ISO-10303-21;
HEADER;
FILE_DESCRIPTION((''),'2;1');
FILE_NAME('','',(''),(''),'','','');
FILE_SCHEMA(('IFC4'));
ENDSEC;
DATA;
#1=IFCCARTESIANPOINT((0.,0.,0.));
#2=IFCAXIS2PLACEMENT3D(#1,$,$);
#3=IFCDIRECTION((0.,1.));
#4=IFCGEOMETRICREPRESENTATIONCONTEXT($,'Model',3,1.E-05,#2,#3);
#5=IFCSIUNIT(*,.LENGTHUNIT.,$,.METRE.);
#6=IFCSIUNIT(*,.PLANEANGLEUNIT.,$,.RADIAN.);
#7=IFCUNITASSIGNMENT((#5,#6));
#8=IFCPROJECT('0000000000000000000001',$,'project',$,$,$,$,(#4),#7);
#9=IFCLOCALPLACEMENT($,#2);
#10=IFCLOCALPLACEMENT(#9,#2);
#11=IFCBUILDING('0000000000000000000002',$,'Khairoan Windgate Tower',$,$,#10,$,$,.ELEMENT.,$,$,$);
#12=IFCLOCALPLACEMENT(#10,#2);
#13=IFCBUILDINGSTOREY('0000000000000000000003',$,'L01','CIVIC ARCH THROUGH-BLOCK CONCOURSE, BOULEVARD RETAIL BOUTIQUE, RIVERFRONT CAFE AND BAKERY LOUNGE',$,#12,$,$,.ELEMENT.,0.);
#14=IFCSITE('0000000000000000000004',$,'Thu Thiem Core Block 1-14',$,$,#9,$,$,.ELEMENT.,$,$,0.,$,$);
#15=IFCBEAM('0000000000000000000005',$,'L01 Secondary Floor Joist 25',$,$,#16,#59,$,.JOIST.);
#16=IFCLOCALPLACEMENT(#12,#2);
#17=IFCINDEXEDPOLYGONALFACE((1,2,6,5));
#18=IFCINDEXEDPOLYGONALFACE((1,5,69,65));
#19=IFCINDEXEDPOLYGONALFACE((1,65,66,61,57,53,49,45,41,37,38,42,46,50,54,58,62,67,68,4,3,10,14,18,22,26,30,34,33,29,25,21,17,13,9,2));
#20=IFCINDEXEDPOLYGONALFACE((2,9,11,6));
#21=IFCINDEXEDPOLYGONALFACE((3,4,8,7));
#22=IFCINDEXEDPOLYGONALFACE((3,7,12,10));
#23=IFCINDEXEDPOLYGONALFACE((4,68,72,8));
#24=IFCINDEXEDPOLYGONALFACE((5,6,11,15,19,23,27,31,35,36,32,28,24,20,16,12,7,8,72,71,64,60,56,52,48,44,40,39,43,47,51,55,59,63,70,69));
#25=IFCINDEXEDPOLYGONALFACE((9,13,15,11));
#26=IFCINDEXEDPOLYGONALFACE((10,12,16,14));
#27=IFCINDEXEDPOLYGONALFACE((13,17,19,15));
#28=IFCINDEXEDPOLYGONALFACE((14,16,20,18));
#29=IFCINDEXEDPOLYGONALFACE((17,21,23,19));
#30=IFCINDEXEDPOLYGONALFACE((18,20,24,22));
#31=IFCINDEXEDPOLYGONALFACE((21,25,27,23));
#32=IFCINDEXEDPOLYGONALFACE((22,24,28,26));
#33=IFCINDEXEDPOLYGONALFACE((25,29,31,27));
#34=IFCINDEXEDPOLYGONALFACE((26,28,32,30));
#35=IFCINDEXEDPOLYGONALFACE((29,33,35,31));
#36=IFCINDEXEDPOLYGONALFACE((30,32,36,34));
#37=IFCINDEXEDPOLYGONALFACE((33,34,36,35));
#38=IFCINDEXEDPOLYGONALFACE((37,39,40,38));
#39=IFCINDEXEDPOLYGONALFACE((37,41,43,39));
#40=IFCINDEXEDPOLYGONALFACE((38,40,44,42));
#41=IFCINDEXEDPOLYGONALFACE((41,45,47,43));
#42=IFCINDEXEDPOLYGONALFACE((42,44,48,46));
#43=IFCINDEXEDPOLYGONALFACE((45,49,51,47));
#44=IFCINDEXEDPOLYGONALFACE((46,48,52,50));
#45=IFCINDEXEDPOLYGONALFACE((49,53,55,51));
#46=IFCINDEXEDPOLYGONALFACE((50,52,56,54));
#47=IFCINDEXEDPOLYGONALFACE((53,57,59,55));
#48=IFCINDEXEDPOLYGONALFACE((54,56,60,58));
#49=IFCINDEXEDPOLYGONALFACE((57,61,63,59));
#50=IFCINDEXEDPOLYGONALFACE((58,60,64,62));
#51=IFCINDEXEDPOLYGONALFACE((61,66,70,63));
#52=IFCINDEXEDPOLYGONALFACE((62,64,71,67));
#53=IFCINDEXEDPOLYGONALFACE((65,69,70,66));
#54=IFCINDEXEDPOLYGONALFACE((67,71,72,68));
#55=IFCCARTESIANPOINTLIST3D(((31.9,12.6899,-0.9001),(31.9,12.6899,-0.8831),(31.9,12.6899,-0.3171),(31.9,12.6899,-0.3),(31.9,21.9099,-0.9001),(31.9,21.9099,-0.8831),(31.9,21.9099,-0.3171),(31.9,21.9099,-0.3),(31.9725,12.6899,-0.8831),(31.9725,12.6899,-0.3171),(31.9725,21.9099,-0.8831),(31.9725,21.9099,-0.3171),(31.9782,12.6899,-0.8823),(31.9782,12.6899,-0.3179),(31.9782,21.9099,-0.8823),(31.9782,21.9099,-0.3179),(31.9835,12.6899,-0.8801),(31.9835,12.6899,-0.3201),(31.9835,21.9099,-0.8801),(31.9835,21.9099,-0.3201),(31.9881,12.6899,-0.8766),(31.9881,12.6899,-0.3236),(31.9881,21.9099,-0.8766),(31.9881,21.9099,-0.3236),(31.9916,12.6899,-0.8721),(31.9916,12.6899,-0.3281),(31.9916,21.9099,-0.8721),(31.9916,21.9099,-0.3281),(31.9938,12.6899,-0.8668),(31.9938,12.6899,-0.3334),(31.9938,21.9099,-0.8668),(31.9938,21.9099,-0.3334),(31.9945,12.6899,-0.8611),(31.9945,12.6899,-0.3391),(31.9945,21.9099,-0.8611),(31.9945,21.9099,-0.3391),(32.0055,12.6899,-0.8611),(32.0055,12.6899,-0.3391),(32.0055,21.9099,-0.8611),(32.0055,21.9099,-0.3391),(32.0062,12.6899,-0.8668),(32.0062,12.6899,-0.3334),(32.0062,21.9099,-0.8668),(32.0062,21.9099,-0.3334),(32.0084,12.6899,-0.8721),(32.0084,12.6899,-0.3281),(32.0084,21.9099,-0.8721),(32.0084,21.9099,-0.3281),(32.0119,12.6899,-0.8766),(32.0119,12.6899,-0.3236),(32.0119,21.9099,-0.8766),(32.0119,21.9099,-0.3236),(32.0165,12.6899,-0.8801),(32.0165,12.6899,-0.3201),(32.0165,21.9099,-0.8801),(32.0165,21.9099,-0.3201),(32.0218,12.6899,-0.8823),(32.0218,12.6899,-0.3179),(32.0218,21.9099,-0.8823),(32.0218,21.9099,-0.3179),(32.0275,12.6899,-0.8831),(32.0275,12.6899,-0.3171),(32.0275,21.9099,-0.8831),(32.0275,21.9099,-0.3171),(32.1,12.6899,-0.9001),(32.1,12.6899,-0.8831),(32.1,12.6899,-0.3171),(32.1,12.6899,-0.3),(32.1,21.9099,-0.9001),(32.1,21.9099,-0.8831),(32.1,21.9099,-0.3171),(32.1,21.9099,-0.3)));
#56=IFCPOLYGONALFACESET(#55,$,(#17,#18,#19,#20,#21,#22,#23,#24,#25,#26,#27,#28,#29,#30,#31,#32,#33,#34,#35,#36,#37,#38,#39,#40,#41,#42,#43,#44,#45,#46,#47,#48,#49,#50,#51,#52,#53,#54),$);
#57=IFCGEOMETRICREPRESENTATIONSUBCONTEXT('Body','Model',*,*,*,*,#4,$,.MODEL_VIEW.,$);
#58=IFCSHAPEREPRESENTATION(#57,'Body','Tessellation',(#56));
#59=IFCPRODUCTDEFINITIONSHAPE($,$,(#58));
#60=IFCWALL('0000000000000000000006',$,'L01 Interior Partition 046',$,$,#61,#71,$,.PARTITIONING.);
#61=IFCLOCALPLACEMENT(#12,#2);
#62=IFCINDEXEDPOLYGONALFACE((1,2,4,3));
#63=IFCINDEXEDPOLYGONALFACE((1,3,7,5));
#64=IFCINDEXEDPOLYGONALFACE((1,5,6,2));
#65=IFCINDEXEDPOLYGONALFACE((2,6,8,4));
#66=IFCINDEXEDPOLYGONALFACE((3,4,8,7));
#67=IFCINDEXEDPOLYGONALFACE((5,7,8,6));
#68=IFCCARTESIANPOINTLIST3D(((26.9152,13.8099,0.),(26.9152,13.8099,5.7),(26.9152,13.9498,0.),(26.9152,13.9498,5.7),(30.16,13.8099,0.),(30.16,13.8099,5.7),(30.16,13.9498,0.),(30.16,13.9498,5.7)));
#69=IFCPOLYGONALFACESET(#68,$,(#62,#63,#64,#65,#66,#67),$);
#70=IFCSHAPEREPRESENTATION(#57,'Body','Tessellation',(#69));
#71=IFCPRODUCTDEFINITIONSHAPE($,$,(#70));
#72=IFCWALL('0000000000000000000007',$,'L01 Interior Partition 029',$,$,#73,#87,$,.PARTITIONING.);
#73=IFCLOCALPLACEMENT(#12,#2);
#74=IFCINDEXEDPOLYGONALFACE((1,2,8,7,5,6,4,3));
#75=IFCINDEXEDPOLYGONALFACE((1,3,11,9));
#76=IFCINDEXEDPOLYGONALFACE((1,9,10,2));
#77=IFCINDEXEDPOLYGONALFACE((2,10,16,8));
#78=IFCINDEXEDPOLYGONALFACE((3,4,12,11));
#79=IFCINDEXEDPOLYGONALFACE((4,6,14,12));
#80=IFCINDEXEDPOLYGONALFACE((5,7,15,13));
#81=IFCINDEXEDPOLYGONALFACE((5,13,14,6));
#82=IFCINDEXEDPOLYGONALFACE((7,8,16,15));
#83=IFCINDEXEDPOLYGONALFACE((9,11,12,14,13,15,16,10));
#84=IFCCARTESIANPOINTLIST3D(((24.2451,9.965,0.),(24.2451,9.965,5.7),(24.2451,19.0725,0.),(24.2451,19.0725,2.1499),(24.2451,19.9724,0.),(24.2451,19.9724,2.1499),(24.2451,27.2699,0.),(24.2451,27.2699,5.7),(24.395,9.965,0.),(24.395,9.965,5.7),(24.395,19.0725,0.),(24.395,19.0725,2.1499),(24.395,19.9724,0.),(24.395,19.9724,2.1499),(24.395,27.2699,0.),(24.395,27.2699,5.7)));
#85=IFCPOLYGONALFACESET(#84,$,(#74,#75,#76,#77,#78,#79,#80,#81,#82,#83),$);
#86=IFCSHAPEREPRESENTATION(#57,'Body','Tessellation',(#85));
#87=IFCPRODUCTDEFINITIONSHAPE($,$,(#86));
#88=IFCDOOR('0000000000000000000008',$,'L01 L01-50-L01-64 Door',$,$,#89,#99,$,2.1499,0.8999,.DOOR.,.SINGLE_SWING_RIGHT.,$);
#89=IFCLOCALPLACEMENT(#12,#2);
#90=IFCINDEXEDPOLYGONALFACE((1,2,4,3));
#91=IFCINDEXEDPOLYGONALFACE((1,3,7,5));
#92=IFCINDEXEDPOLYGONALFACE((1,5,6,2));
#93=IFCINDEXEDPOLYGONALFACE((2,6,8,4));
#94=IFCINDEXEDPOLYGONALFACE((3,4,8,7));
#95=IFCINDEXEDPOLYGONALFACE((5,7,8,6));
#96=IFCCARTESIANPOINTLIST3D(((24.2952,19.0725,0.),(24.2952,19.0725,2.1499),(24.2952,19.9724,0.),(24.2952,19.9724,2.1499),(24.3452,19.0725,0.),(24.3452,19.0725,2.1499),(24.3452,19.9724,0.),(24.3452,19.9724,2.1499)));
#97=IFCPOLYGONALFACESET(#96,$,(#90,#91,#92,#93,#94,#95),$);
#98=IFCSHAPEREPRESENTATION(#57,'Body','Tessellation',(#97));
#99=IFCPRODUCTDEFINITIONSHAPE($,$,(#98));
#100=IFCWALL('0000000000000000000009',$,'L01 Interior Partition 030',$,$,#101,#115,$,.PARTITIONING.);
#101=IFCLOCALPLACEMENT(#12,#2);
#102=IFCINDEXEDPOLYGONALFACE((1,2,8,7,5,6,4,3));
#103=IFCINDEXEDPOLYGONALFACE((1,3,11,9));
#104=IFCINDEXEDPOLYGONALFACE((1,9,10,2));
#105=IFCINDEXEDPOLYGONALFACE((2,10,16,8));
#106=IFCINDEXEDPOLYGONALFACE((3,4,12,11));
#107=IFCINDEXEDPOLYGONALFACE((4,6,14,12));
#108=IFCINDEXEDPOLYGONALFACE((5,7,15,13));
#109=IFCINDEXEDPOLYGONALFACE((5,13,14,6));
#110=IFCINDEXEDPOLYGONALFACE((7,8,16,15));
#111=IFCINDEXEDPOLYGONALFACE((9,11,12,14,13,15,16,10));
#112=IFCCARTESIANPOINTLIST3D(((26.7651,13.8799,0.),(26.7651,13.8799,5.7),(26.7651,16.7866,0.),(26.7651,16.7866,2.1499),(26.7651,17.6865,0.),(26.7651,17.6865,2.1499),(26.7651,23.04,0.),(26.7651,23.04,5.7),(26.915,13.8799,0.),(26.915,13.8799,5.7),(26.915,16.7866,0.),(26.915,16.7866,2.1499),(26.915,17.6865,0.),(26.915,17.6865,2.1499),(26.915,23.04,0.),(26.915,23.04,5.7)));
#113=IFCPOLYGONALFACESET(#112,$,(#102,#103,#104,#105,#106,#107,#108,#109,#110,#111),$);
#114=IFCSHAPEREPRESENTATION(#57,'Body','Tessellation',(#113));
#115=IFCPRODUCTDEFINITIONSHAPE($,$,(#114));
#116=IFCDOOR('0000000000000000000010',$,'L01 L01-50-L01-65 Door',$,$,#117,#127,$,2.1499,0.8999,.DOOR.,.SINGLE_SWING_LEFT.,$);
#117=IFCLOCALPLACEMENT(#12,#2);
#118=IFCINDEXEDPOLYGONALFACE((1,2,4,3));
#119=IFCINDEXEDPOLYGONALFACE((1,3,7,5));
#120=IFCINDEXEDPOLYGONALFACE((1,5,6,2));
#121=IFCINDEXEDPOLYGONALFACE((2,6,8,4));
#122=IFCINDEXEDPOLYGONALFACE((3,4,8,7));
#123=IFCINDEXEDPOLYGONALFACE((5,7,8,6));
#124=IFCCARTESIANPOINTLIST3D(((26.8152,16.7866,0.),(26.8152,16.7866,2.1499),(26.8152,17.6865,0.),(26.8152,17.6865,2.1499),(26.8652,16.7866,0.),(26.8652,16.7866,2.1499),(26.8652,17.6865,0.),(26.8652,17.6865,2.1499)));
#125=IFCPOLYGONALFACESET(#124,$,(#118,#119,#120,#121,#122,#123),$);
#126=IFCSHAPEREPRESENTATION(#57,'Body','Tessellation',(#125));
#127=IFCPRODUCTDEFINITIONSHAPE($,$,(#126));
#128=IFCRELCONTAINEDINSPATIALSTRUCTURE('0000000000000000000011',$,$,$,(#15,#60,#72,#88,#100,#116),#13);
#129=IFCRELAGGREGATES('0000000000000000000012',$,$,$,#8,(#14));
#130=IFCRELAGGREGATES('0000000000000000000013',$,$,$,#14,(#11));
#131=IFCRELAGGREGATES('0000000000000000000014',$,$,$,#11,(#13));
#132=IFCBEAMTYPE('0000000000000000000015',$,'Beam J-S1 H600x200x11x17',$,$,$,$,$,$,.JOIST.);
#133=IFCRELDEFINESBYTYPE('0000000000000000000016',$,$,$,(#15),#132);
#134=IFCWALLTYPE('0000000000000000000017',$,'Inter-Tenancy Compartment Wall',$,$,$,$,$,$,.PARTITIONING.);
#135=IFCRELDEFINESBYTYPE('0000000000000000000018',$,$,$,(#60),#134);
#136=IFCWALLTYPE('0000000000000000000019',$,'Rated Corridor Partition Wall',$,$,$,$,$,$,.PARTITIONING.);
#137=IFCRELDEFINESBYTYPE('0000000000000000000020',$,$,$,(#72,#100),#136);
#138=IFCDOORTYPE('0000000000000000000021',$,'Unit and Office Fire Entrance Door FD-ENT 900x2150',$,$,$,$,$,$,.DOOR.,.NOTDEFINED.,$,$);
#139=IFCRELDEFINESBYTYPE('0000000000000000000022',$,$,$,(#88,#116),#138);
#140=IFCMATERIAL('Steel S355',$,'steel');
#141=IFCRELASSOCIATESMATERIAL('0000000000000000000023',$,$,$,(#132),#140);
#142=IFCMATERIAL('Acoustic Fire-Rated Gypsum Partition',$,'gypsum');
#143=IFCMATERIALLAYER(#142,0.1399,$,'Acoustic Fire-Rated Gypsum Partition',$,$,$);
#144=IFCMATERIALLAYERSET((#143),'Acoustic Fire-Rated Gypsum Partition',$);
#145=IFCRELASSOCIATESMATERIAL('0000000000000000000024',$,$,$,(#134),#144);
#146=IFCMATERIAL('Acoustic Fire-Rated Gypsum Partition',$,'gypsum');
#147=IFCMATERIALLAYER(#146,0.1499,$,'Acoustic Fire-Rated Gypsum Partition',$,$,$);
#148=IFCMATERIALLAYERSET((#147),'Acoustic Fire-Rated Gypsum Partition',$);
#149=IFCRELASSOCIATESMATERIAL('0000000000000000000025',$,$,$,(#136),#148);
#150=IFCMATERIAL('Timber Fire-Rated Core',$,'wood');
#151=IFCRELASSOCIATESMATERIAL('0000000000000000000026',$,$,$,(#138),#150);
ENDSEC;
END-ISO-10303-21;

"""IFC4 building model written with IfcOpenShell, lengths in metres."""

from ifc_helpers import new_model, si_unit, direction, frame, frame_2d, origin, origin_2d, place, context, subcontext, project, spatial, rectangle, i_section, extrude, material, layer, layer_set, material_profile, profile_set, type_object, element, fill, save


model = new_model("IFC4")

# Units and contexts
model_context = context("Model", 3, precision=1e-05, world=origin(), true_north=direction((0.0, 1.0)))
body_context = subcontext(model_context, "Body", "Model", "MODEL_VIEW")
ifc_project = project(units=[si_unit("LENGTHUNIT", "METRE"), si_unit("PLANEANGLEUNIT", "RADIAN")], contexts=[model_context])

# Site, building, storey
site_placement = place(None, origin())
site = spatial("IfcSite", under=ifc_project, at=site_placement, Name="Thu Thiem Core Block 1-14", CompositionType="ELEMENT", RefElevation=0.0)
building_placement = place(site_placement, origin())
building = spatial("IfcBuilding", under=site, at=building_placement, Name="Khairoan Windgate Tower", CompositionType="ELEMENT")
storey_placement = place(building_placement, origin())
storey = spatial("IfcBuildingStorey", under=building, at=storey_placement, Name="L01", Description="CIVIC ARCH THROUGH-BLOCK CONCOURSE, BOULEVARD RETAIL BOUTIQUE, RIVERFRONT CAFE AND BAKERY LOUNGE", CompositionType="ELEMENT", Elevation=0.0)

# Beam
ifc_material_1 = material(Name="Steel S355", Category="steel")
ifc_material_profile_1 = material_profile(ifc_material_1, i_section(OverallWidth=0.2, OverallDepth=0.6001, WebThickness=0.011, FlangeThickness=0.0171, FilletRadius=0.022, at=origin_2d()))
ifc_profile_set_1 = profile_set([ifc_material_profile_1], Name="Steel S355")
beam_type_1 = type_object("IfcBeamType", Name="Beam J-S1 H600x200x11x17", PredefinedType="JOIST", material=ifc_profile_set_1)
beam_1_placement = place(storey_placement, frame((32.0, 12.6899, -0.6001), z_axis=(0.0, 1.0, 0.0), x_axis=(-1.0, 0.0, 0.0)))
element("IfcBeam", 1, at=beam_1_placement, inside=storey, type_object=beam_type_1, Name="L01 Secondary Floor Joist 25", PredefinedType="JOIST", context=body_context, shape_type="SweptSolid", body=[
    extrude(i_section(OverallWidth=0.2, OverallDepth=0.6001, WebThickness=0.011, FlangeThickness=0.0171, FilletRadius=0.022, at=origin_2d()), origin(), (0.0, 0.0, 1.0), 9.22),
])

# Wall
ifc_material_2 = material(Name="Acoustic Fire-Rated Gypsum Partition", Category="gypsum")
ifc_layer_1 = layer(ifc_material_2, 0.1399, Name="Acoustic Fire-Rated Gypsum Partition")
ifc_layer_set_1 = layer_set([ifc_layer_1], Name="Acoustic Fire-Rated Gypsum Partition")
wall_type_1 = type_object("IfcWallType", Name="Inter-Tenancy Compartment Wall", PredefinedType="PARTITIONING", material=ifc_layer_set_1)
wall_1_placement = place(storey_placement, frame((26.915, 13.8799, 0.0), z_axis=(0.0, 0.0, 1.0), x_axis=(1.0, 0.0, 0.0)))
element("IfcWall", 2, at=wall_1_placement, inside=storey, type_object=wall_type_1, Name="L01 Interior Partition 046", PredefinedType="PARTITIONING", context=body_context, shape_type="SweptSolid", body=[
    extrude(rectangle(XDim=3.2449, YDim=0.1399, at=frame_2d((1.6226, 0.0))), origin(), (0.0, 0.0, 1.0), 5.7),
])

# Walls, openings, doors
ifc_material_3 = material(Name="Acoustic Fire-Rated Gypsum Partition", Category="gypsum")
ifc_layer_2 = layer(ifc_material_3, 0.1499, Name="Acoustic Fire-Rated Gypsum Partition")
ifc_layer_set_2 = layer_set([ifc_layer_2], Name="Acoustic Fire-Rated Gypsum Partition")
wall_type_2 = type_object("IfcWallType", Name="Rated Corridor Partition Wall", PredefinedType="PARTITIONING", material=ifc_layer_set_2)
wall_2_placement = place(storey_placement, frame((24.3201, 9.9651, 0.0), z_axis=(0.0, 0.0, 1.0), x_axis=(0.0, 1.0, 0.0)))
wall_2 = element("IfcWall", 3, at=wall_2_placement, inside=storey, type_object=wall_type_2, Name="L01 Interior Partition 029", PredefinedType="PARTITIONING", context=body_context, shape_type="SweptSolid", body=[
    extrude(rectangle(XDim=17.3049, YDim=0.1499, at=frame_2d((8.6523, 0.0))), origin(), (0.0, 0.0, 1.0), 5.7),
])
opening_1_placement = place(wall_2_placement, frame((9.1074, 0.0, 0.0)))
opening_1 = element("IfcOpeningElement", 4, at=opening_1_placement, cuts=wall_2, PredefinedType="OPENING", context=body_context, shape_type="SweptSolid", body=[
    extrude(rectangle(XDim=0.8999, YDim=2.1499, at=frame_2d((0.45, 1.075))), frame((0.0, 0.085, 0.0), z_axis=(0.0, -1.0, 0.0), x_axis=(1.0, 0.0, 0.0)), (0.0, 0.0, 1.0), 0.1699),
])
ifc_material_4 = material(Name="Timber Fire-Rated Core", Category="wood")
door_type = type_object("IfcDoorType", Name="Unit and Office Fire Entrance Door FD-ENT 900x2150", OperationType="NOTDEFINED", PredefinedType="DOOR", material=ifc_material_4)
door_1_placement = place(opening_1_placement, origin())
door_1 = element("IfcDoor", 5, at=door_1_placement, inside=storey, type_object=door_type, Name="L01 L01-50-L01-64 Door", OperationType="SINGLE_SWING_RIGHT", OverallHeight=2.1499, OverallWidth=0.8999, PredefinedType="DOOR", context=body_context, shape_type="SweptSolid", body=[
    extrude(rectangle(XDim=0.8999, YDim=2.1499, at=frame_2d((0.45, 1.075))), frame((0.0, 0.0249, 0.0), z_axis=(0.0, -1.0, 0.0), x_axis=(1.0, 0.0, 0.0)), (0.0, 0.0, 1.0), 0.05),
])
fill(opening_1, door_1)
wall_3_placement = place(storey_placement, frame((26.8401, 13.8799, 0.0), z_axis=(0.0, 0.0, 1.0), x_axis=(0.0, 1.0, 0.0)))
wall_3 = element("IfcWall", 6, at=wall_3_placement, inside=storey, type_object=wall_type_2, Name="L01 Interior Partition 030", PredefinedType="PARTITIONING", context=body_context, shape_type="SweptSolid", body=[
    extrude(rectangle(XDim=9.1602, YDim=0.1499, at=frame_2d((4.5801, 0.0))), origin(), (0.0, 0.0, 1.0), 5.7),
])
opening_2_placement = place(wall_3_placement, frame((2.9067, 0.0, 0.0)))
opening_2 = element("IfcOpeningElement", 7, at=opening_2_placement, cuts=wall_3, PredefinedType="OPENING", context=body_context, shape_type="SweptSolid", body=[
    extrude(rectangle(XDim=0.8999, YDim=2.1499, at=frame_2d((0.45, 1.075))), frame((0.0, 0.085, 0.0), z_axis=(0.0, -1.0, 0.0), x_axis=(1.0, 0.0, 0.0)), (0.0, 0.0, 1.0), 0.1699),
])
door_2_placement = place(opening_2_placement, origin())
door_2 = element("IfcDoor", 8, at=door_2_placement, inside=storey, type_object=door_type, Name="L01 L01-50-L01-65 Door", OperationType="SINGLE_SWING_LEFT", OverallHeight=2.1499, OverallWidth=0.8999, PredefinedType="DOOR", context=body_context, shape_type="SweptSolid", body=[
    extrude(rectangle(XDim=0.8999, YDim=2.1499, at=frame_2d((0.45, 1.075))), frame((0.0, 0.0249, 0.0), z_axis=(0.0, -1.0, 0.0), x_axis=(1.0, 0.0, 0.0)), (0.0, 0.0, 1.0), 0.05),
])
fill(opening_2, door_2)

save(model, "model.ifc")
